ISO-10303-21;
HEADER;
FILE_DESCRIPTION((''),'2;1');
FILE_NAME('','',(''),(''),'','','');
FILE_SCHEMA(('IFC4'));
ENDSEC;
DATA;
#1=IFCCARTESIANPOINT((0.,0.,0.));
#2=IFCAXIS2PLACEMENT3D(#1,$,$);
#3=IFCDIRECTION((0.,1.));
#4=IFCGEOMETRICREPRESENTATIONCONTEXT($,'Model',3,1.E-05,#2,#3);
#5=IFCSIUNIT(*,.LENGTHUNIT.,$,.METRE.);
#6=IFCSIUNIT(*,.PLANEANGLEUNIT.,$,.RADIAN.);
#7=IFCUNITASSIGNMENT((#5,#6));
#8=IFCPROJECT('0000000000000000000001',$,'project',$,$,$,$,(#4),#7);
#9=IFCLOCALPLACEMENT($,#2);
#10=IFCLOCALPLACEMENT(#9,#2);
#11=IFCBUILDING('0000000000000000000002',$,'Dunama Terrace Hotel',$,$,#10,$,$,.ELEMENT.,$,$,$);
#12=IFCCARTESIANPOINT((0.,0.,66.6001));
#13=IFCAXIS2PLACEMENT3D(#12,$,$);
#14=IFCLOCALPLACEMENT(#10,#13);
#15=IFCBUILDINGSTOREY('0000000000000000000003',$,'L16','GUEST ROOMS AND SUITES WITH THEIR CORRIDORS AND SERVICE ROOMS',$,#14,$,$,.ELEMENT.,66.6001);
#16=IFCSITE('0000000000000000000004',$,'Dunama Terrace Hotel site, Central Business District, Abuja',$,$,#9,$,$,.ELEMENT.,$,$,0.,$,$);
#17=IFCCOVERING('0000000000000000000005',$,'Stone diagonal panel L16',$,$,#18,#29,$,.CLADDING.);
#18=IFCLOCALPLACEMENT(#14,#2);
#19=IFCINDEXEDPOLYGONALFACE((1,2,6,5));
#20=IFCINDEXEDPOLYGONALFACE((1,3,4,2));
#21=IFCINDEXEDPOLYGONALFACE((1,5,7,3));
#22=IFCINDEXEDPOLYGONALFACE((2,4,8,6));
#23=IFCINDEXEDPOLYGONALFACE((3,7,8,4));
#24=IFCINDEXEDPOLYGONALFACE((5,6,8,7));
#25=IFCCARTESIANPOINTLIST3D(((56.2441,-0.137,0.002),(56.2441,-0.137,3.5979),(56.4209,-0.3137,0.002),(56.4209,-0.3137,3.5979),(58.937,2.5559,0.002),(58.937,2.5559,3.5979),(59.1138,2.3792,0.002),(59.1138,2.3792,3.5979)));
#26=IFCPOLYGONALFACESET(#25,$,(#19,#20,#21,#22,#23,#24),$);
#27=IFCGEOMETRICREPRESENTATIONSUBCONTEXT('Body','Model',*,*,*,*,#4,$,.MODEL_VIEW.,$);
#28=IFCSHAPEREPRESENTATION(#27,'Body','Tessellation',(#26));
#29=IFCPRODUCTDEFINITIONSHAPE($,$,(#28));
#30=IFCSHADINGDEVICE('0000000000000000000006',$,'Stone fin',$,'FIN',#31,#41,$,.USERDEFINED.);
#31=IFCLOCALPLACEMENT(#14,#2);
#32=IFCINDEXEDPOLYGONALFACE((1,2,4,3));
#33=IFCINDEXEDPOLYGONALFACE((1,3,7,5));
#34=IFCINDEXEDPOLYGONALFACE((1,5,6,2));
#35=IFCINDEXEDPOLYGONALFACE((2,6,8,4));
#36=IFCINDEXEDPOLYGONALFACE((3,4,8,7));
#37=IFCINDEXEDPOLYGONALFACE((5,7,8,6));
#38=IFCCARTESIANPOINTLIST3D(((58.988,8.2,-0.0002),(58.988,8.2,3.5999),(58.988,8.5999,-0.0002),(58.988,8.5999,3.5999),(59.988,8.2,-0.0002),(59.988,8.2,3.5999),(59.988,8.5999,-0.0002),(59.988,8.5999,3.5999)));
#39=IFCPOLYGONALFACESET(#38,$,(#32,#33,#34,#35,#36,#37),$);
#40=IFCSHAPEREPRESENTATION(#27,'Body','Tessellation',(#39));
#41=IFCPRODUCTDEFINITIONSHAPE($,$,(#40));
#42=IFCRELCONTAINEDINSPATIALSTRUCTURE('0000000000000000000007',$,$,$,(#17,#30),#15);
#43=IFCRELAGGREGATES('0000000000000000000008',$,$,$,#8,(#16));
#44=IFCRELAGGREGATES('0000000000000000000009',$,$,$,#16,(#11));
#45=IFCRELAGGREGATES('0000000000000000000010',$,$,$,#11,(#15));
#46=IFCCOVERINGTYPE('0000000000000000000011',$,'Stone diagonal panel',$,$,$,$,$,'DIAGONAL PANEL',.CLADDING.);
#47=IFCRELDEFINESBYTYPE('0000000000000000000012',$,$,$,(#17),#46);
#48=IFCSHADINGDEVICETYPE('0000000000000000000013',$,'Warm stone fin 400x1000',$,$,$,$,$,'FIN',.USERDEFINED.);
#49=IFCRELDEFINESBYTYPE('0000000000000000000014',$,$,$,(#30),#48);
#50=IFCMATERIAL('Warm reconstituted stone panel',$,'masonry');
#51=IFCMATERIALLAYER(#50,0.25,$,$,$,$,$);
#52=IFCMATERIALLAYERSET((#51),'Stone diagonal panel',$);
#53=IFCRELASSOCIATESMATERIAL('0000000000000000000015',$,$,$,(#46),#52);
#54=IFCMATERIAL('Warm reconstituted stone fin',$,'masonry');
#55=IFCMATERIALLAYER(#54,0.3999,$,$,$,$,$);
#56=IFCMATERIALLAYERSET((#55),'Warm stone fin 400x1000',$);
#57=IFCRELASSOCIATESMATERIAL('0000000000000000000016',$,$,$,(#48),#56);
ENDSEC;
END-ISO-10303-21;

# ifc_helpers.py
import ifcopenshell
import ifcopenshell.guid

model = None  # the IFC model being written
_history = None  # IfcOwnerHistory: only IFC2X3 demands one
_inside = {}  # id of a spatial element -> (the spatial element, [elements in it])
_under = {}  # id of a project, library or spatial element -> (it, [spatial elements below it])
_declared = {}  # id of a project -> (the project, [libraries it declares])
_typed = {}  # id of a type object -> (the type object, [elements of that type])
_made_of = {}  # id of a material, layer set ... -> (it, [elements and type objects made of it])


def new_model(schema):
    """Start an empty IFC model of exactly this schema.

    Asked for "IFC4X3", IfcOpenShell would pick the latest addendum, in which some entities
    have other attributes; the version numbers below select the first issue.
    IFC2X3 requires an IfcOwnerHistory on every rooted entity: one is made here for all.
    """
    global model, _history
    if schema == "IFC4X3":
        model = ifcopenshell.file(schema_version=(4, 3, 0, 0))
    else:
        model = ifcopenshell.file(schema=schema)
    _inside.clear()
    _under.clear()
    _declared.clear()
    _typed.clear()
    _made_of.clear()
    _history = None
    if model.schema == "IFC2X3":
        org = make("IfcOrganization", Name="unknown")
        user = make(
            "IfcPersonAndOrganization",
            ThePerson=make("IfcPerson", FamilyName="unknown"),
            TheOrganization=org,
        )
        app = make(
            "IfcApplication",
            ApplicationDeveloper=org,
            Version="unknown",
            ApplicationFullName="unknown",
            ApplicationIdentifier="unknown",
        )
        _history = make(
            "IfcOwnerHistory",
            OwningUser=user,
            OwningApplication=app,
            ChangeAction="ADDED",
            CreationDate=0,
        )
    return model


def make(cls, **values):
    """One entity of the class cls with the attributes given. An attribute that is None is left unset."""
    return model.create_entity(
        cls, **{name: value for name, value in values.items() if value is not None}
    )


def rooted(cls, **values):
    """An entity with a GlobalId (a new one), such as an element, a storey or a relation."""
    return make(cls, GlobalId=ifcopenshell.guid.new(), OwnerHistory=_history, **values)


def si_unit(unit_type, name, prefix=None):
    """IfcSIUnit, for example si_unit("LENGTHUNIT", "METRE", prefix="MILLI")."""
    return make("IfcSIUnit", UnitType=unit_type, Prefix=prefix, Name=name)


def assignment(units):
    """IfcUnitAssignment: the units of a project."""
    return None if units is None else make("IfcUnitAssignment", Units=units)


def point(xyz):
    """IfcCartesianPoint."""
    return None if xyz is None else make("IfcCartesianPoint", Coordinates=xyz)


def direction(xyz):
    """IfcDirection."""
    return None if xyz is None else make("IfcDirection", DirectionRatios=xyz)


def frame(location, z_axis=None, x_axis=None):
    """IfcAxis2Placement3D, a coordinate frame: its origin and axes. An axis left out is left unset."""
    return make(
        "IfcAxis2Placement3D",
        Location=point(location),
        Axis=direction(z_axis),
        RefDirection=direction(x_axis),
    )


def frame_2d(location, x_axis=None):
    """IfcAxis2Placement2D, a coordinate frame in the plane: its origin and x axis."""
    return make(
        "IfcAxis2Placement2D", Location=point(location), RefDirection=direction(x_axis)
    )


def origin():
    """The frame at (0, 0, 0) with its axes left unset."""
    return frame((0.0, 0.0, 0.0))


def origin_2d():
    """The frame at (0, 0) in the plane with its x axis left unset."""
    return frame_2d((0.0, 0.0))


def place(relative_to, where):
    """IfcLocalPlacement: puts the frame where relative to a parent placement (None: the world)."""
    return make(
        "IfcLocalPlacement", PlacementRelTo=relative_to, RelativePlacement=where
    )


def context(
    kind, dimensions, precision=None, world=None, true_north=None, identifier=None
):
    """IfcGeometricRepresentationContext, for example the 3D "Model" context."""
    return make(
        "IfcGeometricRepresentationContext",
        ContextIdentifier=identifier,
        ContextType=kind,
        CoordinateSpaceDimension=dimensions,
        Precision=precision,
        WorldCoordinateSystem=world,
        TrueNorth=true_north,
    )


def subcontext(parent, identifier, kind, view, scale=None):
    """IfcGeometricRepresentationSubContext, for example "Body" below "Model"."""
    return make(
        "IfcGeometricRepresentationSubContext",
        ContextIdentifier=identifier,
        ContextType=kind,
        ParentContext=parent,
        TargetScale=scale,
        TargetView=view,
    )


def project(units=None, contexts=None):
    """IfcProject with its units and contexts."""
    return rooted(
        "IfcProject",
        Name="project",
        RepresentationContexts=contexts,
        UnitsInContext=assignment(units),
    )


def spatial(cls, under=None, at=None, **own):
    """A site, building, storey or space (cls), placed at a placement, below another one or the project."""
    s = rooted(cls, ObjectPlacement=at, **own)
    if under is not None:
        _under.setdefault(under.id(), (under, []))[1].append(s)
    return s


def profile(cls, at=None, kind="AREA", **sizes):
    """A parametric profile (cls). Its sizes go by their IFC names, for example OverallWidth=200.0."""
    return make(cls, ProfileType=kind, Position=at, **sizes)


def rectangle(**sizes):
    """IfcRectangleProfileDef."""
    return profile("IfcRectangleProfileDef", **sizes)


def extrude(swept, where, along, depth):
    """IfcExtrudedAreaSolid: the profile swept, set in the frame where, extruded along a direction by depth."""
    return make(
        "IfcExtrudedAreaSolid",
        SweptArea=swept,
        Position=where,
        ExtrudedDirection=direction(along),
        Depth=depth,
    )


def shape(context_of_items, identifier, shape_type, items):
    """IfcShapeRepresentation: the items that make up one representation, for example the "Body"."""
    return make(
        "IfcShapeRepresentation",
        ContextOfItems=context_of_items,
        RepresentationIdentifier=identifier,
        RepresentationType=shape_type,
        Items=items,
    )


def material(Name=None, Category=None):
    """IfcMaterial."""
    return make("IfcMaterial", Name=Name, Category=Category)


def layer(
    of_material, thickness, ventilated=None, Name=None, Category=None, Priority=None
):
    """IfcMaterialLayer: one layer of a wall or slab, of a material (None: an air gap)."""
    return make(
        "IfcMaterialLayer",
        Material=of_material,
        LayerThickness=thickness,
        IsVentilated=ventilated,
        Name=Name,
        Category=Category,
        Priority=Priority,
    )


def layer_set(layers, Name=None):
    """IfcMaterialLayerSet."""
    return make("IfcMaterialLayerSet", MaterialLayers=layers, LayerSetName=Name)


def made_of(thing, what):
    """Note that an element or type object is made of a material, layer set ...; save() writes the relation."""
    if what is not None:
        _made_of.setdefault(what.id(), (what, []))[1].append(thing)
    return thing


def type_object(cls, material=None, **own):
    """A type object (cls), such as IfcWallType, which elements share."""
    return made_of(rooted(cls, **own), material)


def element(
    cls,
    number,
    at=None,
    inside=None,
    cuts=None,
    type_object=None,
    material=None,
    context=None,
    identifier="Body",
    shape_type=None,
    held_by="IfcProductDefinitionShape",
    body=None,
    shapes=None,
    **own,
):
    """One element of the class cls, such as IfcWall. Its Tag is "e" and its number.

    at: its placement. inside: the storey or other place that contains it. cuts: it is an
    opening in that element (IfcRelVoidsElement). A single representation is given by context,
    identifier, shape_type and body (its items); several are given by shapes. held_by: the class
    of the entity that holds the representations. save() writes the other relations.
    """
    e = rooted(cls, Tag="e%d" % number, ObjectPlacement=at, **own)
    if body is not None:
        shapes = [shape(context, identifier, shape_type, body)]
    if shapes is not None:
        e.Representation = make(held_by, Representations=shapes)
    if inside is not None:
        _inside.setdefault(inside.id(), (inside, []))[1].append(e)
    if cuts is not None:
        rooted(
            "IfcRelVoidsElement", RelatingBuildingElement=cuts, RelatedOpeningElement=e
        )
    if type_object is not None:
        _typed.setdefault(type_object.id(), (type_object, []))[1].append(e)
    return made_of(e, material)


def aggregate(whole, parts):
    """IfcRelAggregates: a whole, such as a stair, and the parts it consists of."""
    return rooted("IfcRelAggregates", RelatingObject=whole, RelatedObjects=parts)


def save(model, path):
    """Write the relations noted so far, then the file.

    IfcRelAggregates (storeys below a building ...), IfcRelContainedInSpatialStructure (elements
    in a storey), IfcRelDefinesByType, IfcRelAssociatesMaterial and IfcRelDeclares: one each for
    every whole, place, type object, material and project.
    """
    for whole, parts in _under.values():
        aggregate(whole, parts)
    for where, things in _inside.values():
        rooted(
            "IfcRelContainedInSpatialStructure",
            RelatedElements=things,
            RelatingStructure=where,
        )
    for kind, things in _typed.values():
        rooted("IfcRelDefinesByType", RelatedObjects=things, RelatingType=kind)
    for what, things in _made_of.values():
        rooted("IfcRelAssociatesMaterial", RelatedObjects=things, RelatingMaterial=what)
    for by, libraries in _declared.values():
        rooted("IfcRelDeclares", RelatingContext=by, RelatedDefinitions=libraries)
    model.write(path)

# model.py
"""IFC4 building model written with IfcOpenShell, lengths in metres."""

from ifc_helpers import new_model, si_unit, direction, frame, origin, origin_2d, place, context, subcontext, project, spatial, rectangle, extrude, material, layer, layer_set, type_object, element, save


model = new_model("IFC4")

# Units and contexts
model_context = context("Model", 3, precision=1e-05, world=origin(), true_north=direction((0.0, 1.0)))
body_context = subcontext(model_context, "Body", "Model", "MODEL_VIEW")
ifc_project = project(units=[si_unit("LENGTHUNIT", "METRE"), si_unit("PLANEANGLEUNIT", "RADIAN")], contexts=[model_context])

# Site, building, storey
site_placement = place(None, origin())
site = spatial("IfcSite", under=ifc_project, at=site_placement, Name="Dunama Terrace Hotel site, Central Business District, Abuja", CompositionType="ELEMENT", RefElevation=0.0)
building_placement = place(site_placement, origin())
building = spatial("IfcBuilding", under=site, at=building_placement, Name="Dunama Terrace Hotel", CompositionType="ELEMENT")
storey_placement = place(building_placement, frame((0.0, 0.0, 66.6001)))
storey = spatial("IfcBuildingStorey", under=building, at=storey_placement, Name="L16", Description="GUEST ROOMS AND SUITES WITH THEIR CORRIDORS AND SERVICE ROOMS", CompositionType="ELEMENT", Elevation=66.6001)

# Covering
ifc_material_1 = material(Name="Warm reconstituted stone panel", Category="masonry")
ifc_layer_1 = layer(ifc_material_1, 0.25)
ifc_layer_set_1 = layer_set([ifc_layer_1], Name="Stone diagonal panel")
covering_type = type_object("IfcCoveringType", Name="Stone diagonal panel", ElementType="DIAGONAL PANEL", PredefinedType="CLADDING", material=ifc_layer_set_1)
covering_1_placement = place(storey_placement, frame((57.679, 1.1211, 0.002), z_axis=(0.0, 0.0, 1.0), x_axis=(0.707107, 0.707107, 0.0)))
element("IfcCovering", 1, at=covering_1_placement, inside=storey, type_object=covering_type, Name="Stone diagonal panel L16", PredefinedType="CLADDING", context=body_context, shape_type="SweptSolid", body=[
    extrude(rectangle(XDim=3.8083, YDim=0.25, at=origin_2d()), origin(), (0.0, 0.0, 1.0), 3.5959),
])

# Shading device
ifc_material_2 = material(Name="Warm reconstituted stone fin", Category="masonry")
ifc_layer_2 = layer(ifc_material_2, 0.3999)
ifc_layer_set_2 = layer_set([ifc_layer_2], Name="Warm stone fin 400x1000")
shading_device_type = type_object("IfcShadingDeviceType", Name="Warm stone fin 400x1000", ElementType="FIN", PredefinedType="USERDEFINED", material=ifc_layer_set_2)
shading_device_placement = place(storey_placement, frame((59.488, 8.3999, -0.0002), z_axis=(0.0, 0.0, 1.0), x_axis=(0.0, 1.0, 0.0)))
element("IfcShadingDevice", 2, at=shading_device_placement, inside=storey, type_object=shading_device_type, Name="Stone fin", ObjectType="FIN", PredefinedType="USERDEFINED", context=body_context, shape_type="SweptSolid", body=[
    extrude(rectangle(XDim=0.3999, YDim=1.0, at=origin_2d()), origin(), (0.0, 0.0, 1.0), 3.6001),
])

save(model, "model.ifc")
